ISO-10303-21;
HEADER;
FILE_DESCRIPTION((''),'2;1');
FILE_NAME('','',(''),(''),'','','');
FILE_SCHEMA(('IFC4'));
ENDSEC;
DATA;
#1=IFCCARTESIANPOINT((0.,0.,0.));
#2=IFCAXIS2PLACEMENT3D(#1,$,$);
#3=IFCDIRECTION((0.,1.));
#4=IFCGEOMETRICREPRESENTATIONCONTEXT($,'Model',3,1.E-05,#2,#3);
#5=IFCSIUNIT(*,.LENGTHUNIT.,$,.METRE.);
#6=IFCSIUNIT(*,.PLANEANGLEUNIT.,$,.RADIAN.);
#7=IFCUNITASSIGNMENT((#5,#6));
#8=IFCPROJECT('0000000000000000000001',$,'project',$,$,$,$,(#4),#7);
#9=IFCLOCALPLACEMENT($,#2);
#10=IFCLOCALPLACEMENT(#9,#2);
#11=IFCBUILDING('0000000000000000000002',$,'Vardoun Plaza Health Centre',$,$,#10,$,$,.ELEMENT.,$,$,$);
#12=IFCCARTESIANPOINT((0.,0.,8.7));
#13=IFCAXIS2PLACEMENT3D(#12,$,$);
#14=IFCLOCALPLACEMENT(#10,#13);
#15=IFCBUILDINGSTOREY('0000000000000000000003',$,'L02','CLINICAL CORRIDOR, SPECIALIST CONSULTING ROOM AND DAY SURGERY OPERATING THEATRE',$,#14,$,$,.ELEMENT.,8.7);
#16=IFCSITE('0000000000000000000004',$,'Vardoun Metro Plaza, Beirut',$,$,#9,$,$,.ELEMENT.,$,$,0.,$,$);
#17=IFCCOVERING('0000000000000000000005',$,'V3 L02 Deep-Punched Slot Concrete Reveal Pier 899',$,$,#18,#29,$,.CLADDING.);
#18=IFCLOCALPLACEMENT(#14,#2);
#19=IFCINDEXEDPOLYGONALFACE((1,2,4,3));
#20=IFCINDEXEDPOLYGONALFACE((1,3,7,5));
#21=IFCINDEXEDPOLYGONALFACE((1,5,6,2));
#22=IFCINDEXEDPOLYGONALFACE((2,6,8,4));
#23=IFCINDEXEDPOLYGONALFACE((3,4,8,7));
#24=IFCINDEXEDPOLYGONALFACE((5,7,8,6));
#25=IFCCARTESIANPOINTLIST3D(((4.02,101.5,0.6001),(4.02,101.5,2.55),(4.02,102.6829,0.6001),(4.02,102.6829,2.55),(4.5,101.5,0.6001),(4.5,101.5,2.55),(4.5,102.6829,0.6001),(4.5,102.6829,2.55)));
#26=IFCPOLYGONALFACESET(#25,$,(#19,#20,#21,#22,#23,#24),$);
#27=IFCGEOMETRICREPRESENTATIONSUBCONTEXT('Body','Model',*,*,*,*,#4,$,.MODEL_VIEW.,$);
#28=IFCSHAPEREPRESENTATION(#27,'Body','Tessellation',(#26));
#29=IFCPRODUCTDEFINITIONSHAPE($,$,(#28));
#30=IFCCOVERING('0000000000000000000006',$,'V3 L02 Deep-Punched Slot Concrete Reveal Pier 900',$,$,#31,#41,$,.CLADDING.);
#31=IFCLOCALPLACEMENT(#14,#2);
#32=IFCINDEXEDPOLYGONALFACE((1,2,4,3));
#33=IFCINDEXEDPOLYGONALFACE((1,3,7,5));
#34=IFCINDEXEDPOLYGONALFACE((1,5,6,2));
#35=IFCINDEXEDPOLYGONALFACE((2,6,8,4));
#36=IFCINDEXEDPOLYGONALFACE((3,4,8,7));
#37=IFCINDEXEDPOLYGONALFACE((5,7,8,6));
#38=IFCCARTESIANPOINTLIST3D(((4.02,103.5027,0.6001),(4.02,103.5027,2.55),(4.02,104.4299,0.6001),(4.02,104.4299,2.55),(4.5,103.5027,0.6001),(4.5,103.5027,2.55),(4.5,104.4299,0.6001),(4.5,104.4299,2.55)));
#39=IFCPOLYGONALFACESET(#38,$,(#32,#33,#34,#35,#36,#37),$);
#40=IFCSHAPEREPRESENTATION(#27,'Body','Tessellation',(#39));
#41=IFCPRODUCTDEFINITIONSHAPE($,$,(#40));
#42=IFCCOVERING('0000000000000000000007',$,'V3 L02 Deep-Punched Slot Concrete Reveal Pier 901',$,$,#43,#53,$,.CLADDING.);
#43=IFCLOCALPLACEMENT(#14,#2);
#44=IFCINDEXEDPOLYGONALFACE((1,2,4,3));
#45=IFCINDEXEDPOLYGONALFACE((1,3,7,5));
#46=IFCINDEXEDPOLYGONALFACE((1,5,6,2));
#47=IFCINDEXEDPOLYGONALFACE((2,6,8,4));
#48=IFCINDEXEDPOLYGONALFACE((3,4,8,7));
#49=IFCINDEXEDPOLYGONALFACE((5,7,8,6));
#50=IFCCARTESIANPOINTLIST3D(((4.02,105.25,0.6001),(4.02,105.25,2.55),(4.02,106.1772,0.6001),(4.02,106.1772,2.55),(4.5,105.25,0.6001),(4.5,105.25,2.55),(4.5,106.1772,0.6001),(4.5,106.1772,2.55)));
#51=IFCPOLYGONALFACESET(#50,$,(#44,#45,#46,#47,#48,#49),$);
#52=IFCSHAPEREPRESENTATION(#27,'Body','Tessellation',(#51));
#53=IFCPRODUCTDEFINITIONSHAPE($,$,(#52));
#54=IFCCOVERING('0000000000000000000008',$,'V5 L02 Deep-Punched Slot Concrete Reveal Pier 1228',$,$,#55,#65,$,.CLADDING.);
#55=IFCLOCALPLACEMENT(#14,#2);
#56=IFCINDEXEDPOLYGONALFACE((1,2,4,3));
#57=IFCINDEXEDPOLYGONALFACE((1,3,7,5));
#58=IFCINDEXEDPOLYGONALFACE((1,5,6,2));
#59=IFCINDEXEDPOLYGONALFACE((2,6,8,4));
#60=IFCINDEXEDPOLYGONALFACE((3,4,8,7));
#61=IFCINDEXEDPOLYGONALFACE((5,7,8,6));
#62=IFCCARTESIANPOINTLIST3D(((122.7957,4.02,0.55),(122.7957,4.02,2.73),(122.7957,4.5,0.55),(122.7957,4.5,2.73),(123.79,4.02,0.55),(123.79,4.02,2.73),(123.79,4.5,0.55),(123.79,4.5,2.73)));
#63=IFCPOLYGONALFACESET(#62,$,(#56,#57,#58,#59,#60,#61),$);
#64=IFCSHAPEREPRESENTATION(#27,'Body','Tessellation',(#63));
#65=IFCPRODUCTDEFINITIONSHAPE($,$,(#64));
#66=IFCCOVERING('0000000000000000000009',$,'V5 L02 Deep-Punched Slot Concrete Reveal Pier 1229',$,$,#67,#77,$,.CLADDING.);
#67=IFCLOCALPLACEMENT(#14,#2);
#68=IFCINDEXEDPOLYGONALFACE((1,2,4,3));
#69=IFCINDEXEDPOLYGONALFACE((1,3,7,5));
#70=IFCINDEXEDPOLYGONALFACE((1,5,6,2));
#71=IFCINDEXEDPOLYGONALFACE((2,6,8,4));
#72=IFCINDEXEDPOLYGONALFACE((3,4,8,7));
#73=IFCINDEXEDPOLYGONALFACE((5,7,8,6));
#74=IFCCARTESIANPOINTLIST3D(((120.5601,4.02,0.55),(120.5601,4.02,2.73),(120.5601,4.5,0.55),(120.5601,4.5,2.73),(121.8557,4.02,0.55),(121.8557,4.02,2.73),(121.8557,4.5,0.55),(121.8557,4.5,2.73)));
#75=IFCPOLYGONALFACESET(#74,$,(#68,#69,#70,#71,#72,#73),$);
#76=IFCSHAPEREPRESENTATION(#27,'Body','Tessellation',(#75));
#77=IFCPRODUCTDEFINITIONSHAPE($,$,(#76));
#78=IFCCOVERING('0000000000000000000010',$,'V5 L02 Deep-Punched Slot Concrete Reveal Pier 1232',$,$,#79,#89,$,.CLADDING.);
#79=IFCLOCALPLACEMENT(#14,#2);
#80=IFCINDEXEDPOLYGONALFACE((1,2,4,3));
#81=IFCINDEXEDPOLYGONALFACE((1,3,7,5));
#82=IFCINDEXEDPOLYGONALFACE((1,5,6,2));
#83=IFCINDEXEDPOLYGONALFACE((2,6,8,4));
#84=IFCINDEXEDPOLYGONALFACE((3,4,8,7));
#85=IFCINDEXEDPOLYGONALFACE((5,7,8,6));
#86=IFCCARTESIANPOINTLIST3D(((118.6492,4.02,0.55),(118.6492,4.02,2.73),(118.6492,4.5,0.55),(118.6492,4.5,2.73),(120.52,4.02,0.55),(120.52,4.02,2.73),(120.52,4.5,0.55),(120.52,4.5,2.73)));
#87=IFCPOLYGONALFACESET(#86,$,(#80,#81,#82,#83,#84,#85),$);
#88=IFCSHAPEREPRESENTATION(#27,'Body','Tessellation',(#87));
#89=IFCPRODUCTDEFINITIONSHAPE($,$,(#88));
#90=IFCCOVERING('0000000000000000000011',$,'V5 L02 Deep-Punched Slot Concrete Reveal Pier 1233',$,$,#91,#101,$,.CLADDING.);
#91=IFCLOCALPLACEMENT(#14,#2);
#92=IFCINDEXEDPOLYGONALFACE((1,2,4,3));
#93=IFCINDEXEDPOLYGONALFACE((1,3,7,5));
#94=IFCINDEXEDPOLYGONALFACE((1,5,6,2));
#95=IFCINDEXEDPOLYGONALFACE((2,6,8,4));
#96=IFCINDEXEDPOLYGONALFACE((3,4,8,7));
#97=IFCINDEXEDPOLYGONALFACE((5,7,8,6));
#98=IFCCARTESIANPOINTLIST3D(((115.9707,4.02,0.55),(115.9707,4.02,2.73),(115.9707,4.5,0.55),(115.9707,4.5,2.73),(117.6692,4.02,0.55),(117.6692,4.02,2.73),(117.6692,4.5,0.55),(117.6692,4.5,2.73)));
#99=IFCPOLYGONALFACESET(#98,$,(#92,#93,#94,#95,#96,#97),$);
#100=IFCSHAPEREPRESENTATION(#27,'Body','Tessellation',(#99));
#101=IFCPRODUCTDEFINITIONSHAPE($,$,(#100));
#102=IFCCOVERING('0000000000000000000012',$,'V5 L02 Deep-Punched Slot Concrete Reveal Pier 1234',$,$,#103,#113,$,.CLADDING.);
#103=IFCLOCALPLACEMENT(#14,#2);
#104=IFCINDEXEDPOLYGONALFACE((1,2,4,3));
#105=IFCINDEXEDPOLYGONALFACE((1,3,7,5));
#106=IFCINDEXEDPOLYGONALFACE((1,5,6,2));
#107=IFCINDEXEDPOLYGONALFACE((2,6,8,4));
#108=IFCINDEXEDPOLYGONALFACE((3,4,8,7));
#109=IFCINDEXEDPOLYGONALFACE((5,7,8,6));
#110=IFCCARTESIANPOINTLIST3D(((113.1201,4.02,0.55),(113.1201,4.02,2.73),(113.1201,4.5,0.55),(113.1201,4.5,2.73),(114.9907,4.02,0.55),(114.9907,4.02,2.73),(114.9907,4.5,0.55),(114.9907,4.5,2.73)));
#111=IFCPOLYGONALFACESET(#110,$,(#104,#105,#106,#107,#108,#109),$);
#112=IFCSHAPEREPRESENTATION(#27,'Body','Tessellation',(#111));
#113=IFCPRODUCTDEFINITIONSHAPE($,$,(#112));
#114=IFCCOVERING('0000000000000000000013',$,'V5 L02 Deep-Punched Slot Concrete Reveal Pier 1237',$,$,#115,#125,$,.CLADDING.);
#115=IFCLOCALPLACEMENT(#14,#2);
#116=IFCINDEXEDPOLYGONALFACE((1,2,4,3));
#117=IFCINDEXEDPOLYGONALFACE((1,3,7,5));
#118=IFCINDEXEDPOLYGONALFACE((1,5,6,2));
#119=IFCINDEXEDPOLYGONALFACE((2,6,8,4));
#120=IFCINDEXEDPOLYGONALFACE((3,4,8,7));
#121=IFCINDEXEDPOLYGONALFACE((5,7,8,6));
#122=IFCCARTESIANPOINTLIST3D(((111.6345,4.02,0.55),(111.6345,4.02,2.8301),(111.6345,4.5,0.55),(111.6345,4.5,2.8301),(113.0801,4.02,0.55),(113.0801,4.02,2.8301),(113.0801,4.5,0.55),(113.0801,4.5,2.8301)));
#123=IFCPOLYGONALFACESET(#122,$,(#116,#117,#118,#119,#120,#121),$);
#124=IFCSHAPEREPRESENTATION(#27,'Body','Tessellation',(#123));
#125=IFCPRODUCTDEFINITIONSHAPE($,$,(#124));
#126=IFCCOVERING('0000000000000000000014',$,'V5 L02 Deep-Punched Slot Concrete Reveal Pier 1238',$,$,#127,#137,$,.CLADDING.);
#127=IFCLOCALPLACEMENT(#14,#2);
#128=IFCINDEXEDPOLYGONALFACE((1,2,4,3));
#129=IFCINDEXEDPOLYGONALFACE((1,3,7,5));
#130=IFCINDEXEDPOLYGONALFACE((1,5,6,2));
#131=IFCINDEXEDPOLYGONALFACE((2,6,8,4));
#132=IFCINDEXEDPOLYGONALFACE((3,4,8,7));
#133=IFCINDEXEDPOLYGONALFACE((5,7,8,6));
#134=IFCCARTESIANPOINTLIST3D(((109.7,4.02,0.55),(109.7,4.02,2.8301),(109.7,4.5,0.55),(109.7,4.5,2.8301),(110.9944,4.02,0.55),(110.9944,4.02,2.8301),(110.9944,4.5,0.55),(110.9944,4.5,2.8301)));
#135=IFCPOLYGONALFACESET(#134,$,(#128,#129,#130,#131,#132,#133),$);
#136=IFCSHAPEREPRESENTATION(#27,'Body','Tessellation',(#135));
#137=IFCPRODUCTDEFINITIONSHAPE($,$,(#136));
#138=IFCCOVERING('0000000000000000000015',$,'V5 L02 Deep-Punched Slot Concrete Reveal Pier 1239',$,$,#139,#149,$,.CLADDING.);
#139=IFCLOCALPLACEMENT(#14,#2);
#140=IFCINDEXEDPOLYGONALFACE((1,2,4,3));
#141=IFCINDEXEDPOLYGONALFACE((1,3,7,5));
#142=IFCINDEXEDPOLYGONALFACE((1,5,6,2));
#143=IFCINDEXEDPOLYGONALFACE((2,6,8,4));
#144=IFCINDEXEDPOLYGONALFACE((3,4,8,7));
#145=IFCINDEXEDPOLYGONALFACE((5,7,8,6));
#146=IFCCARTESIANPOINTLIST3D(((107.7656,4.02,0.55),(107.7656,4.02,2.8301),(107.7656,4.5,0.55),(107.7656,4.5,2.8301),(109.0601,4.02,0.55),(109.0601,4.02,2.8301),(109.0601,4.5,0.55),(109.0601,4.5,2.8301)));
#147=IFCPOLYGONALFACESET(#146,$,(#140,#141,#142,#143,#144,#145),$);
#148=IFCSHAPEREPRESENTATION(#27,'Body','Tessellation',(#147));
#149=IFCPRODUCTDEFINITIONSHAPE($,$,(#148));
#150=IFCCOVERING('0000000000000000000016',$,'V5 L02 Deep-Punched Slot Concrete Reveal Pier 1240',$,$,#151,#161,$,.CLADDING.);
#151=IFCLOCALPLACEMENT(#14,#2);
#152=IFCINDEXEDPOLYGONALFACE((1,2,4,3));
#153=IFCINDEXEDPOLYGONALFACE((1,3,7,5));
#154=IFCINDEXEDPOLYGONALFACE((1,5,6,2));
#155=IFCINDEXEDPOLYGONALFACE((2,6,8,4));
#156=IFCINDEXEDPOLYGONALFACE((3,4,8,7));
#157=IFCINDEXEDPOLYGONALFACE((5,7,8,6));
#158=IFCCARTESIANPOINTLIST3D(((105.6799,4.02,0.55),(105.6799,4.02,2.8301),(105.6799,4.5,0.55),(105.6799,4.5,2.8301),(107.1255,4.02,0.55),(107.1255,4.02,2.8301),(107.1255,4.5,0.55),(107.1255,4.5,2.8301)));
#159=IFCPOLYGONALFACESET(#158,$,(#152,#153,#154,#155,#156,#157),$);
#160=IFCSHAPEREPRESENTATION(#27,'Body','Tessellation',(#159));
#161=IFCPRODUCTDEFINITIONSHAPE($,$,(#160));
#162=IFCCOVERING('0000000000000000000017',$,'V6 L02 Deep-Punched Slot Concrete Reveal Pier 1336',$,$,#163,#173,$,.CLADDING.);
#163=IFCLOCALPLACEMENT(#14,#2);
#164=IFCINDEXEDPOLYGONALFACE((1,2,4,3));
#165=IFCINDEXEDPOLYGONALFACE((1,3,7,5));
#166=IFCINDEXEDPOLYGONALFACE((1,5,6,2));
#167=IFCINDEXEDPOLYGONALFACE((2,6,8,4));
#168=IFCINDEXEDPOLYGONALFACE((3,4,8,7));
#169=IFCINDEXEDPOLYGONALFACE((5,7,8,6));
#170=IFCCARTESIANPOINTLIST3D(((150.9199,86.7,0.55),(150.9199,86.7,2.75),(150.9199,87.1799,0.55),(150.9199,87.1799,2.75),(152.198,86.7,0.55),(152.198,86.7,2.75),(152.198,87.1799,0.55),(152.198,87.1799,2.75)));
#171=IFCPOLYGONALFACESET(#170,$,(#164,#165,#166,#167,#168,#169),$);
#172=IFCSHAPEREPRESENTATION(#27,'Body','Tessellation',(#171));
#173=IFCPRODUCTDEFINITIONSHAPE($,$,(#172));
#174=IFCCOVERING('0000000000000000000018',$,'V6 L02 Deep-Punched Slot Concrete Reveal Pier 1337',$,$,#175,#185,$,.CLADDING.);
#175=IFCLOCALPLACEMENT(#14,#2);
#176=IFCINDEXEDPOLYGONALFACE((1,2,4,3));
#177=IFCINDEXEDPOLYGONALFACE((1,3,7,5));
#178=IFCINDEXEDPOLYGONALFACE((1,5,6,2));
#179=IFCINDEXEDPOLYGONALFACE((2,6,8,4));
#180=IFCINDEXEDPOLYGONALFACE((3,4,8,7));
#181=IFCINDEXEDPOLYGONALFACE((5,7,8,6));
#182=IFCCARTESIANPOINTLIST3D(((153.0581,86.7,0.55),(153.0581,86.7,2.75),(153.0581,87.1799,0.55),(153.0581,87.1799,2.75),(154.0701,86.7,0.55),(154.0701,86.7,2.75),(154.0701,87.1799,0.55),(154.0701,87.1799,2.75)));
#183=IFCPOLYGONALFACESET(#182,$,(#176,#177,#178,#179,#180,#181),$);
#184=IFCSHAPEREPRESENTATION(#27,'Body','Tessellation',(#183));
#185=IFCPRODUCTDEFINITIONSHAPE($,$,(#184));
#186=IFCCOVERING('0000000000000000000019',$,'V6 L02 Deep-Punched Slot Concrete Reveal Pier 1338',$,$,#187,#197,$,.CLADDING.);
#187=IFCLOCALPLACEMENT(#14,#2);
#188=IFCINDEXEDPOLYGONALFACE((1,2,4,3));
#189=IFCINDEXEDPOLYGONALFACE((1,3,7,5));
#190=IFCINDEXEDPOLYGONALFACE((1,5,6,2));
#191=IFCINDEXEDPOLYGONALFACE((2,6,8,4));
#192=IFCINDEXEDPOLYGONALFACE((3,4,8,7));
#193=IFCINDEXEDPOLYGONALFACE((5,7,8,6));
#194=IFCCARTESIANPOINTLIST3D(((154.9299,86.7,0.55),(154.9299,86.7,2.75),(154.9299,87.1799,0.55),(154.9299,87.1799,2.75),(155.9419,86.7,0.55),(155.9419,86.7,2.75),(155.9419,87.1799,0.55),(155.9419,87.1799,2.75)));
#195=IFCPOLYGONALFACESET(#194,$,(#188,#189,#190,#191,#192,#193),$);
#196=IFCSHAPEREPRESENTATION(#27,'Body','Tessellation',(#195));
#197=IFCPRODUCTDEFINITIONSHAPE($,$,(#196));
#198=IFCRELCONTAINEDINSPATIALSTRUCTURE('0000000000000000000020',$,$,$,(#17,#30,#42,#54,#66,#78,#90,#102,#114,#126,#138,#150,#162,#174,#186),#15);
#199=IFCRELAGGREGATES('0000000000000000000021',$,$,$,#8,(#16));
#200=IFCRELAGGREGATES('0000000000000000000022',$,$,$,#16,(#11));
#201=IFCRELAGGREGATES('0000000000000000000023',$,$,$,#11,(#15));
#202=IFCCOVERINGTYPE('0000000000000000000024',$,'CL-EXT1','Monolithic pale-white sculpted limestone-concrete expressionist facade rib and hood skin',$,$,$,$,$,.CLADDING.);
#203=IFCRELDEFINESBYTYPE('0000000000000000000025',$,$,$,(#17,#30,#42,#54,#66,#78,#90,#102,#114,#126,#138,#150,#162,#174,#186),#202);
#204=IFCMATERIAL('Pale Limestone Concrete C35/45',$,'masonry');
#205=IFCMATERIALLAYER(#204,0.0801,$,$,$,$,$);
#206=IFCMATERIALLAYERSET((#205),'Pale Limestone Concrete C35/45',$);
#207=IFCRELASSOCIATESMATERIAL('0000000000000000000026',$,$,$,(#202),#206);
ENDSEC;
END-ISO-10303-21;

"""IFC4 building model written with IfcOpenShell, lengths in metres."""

from ifc_helpers import new_model, si_unit, direction, frame, origin, place, context, subcontext, project, spatial, polyline, outline, extrude, material, layer, layer_set, type_object, element, save


model = new_model("IFC4")

# Units and contexts
model_context = context("Model", 3, precision=1e-05, world=origin(), true_north=direction((0.0, 1.0)))
body_context = subcontext(model_context, "Body", "Model", "MODEL_VIEW")
ifc_project = project(units=[si_unit("LENGTHUNIT", "METRE"), si_unit("PLANEANGLEUNIT", "RADIAN")], contexts=[model_context])

# Site, building, storey
site_placement = place(None, origin())
site = spatial("IfcSite", under=ifc_project, at=site_placement, Name="Vardoun Metro Plaza, Beirut", CompositionType="ELEMENT", RefElevation=0.0)
building_placement = place(site_placement, origin())
building = spatial("IfcBuilding", under=site, at=building_placement, Name="Vardoun Plaza Health Centre", CompositionType="ELEMENT")
storey_placement = place(building_placement, frame((0.0, 0.0, 8.7)))
storey = spatial("IfcBuildingStorey", under=building, at=storey_placement, Name="L02", Description="CLINICAL CORRIDOR, SPECIALIST CONSULTING ROOM AND DAY SURGERY OPERATING THEATRE", CompositionType="ELEMENT", Elevation=8.7)

# Coverings
ifc_material = material(Name="Pale Limestone Concrete C35/45", Category="masonry")
ifc_layer = layer(ifc_material, 0.0801)
ifc_layer_set = layer_set([ifc_layer], Name="Pale Limestone Concrete C35/45")
covering_type = type_object("IfcCoveringType", Name="CL-EXT1", Description="Monolithic pale-white sculpted limestone-concrete expressionist facade rib and hood skin", PredefinedType="CLADDING", material=ifc_layer_set)
covering_1_placement = place(storey_placement, frame((0.0, 0.0, 0.6001)))
element("IfcCovering", 1, at=covering_1_placement, inside=storey, type_object=covering_type, Name="V3 L02 Deep-Punched Slot Concrete Reveal Pier 899", PredefinedType="CLADDING", context=body_context, shape_type="SweptSolid", body=[
    extrude(outline(polyline([(4.5, 101.5), (4.5, 102.6829), (4.02, 102.6829), (4.02, 101.5), (4.5, 101.5)])), origin(), (0.0, 0.0, 1.0), 1.95),
])
covering_2_placement = place(storey_placement, frame((0.0, 0.0, 0.6001)))
element("IfcCovering", 2, at=covering_2_placement, inside=storey, type_object=covering_type, Name="V3 L02 Deep-Punched Slot Concrete Reveal Pier 900", PredefinedType="CLADDING", context=body_context, shape_type="SweptSolid", body=[
    extrude(outline(polyline([(4.5, 103.5027), (4.5, 104.4299), (4.02, 104.4299), (4.02, 103.5027), (4.5, 103.5027)])), origin(), (0.0, 0.0, 1.0), 1.95),
])
covering_3_placement = place(storey_placement, frame((0.0, 0.0, 0.6001)))
element("IfcCovering", 3, at=covering_3_placement, inside=storey, type_object=covering_type, Name="V3 L02 Deep-Punched Slot Concrete Reveal Pier 901", PredefinedType="CLADDING", context=body_context, shape_type="SweptSolid", body=[
    extrude(outline(polyline([(4.5, 105.25), (4.5, 106.1772), (4.02, 106.1772), (4.02, 105.25), (4.5, 105.25)])), origin(), (0.0, 0.0, 1.0), 1.95),
])
covering_4_placement = place(storey_placement, frame((0.0, 0.0, 0.55)))
element("IfcCovering", 4, at=covering_4_placement, inside=storey, type_object=covering_type, Name="V5 L02 Deep-Punched Slot Concrete Reveal Pier 1228", PredefinedType="CLADDING", context=body_context, shape_type="SweptSolid", body=[
    extrude(outline(polyline([(123.79, 4.5), (122.7957, 4.5), (122.7957, 4.02), (123.79, 4.02), (123.79, 4.5)])), origin(), (0.0, 0.0, 1.0), 2.1799),
])
covering_5_placement = place(storey_placement, frame((0.0, 0.0, 0.55)))
element("IfcCovering", 5, at=covering_5_placement, inside=storey, type_object=covering_type, Name="V5 L02 Deep-Punched Slot Concrete Reveal Pier 1229", PredefinedType="CLADDING", context=body_context, shape_type="SweptSolid", body=[
    extrude(outline(polyline([(121.8557, 4.5), (120.5601, 4.5), (120.5601, 4.02), (121.8557, 4.02), (121.8557, 4.5)])), origin(), (0.0, 0.0, 1.0), 2.1799),
])
covering_6_placement = place(storey_placement, frame((0.0, 0.0, 0.55)))
element("IfcCovering", 6, at=covering_6_placement, inside=storey, type_object=covering_type, Name="V5 L02 Deep-Punched Slot Concrete Reveal Pier 1232", PredefinedType="CLADDING", context=body_context, shape_type="SweptSolid", body=[
    extrude(outline(polyline([(120.52, 4.5), (118.6492, 4.5), (118.6492, 4.02), (120.52, 4.02), (120.52, 4.5)])), origin(), (0.0, 0.0, 1.0), 2.1799),
])
covering_7_placement = place(storey_placement, frame((0.0, 0.0, 0.55)))
element("IfcCovering", 7, at=covering_7_placement, inside=storey, type_object=covering_type, Name="V5 L02 Deep-Punched Slot Concrete Reveal Pier 1233", PredefinedType="CLADDING", context=body_context, shape_type="SweptSolid", body=[
    extrude(outline(polyline([(117.6692, 4.5), (115.9707, 4.5), (115.9707, 4.02), (117.6692, 4.02), (117.6692, 4.5)])), origin(), (0.0, 0.0, 1.0), 2.1799),
])
covering_8_placement = place(storey_placement, frame((0.0, 0.0, 0.55)))
element("IfcCovering", 8, at=covering_8_placement, inside=storey, type_object=covering_type, Name="V5 L02 Deep-Punched Slot Concrete Reveal Pier 1234", PredefinedType="CLADDING", context=body_context, shape_type="SweptSolid", body=[
    extrude(outline(polyline([(114.9907, 4.5), (113.1201, 4.5), (113.1201, 4.02), (114.9907, 4.02), (114.9907, 4.5)])), origin(), (0.0, 0.0, 1.0), 2.1799),
])
covering_9_placement = place(storey_placement, frame((0.0, 0.0, 0.55)))
element("IfcCovering", 9, at=covering_9_placement, inside=storey, type_object=covering_type, Name="V5 L02 Deep-Punched Slot Concrete Reveal Pier 1237", PredefinedType="CLADDING", context=body_context, shape_type="SweptSolid", body=[
    extrude(outline(polyline([(113.0801, 4.5), (111.6345, 4.5), (111.6345, 4.02), (113.0801, 4.02), (113.0801, 4.5)])), origin(), (0.0, 0.0, 1.0), 2.28),
])
covering_10_placement = place(storey_placement, frame((0.0, 0.0, 0.55)))
element("IfcCovering", 10, at=covering_10_placement, inside=storey, type_object=covering_type, Name="V5 L02 Deep-Punched Slot Concrete Reveal Pier 1238", PredefinedType="CLADDING", context=body_context, shape_type="SweptSolid", body=[
    extrude(outline(polyline([(110.9944, 4.5), (109.7, 4.5), (109.7, 4.02), (110.9944, 4.02), (110.9944, 4.5)])), origin(), (0.0, 0.0, 1.0), 2.28),
])
covering_11_placement = place(storey_placement, frame((0.0, 0.0, 0.55)))
element("IfcCovering", 11, at=covering_11_placement, inside=storey, type_object=covering_type, Name="V5 L02 Deep-Punched Slot Concrete Reveal Pier 1239", PredefinedType="CLADDING", context=body_context, shape_type="SweptSolid", body=[
    extrude(outline(polyline([(109.0601, 4.5), (107.7656, 4.5), (107.7656, 4.02), (109.0601, 4.02), (109.0601, 4.5)])), origin(), (0.0, 0.0, 1.0), 2.28),
])
covering_12_placement = place(storey_placement, frame((0.0, 0.0, 0.55)))
element("IfcCovering", 12, at=covering_12_placement, inside=storey, type_object=covering_type, Name="V5 L02 Deep-Punched Slot Concrete Reveal Pier 1240", PredefinedType="CLADDING", context=body_context, shape_type="SweptSolid", body=[
    extrude(outline(polyline([(107.1255, 4.5), (105.6799, 4.5), (105.6799, 4.02), (107.1255, 4.02), (107.1255, 4.5)])), origin(), (0.0, 0.0, 1.0), 2.28),
])
covering_13_placement = place(storey_placement, frame((0.0, 0.0, 0.55)))
element("IfcCovering", 13, at=covering_13_placement, inside=storey, type_object=covering_type, Name="V6 L02 Deep-Punched Slot Concrete Reveal Pier 1336", PredefinedType="CLADDING", context=body_context, shape_type="SweptSolid", body=[
    extrude(outline(polyline([(150.9199, 86.7), (152.198, 86.7), (152.198, 87.1799), (150.9199, 87.1799), (150.9199, 86.7)])), origin(), (0.0, 0.0, 1.0), 2.2),
])
covering_14_placement = place(storey_placement, frame((0.0, 0.0, 0.55)))
element("IfcCovering", 14, at=covering_14_placement, inside=storey, type_object=covering_type, Name="V6 L02 Deep-Punched Slot Concrete Reveal Pier 1337", PredefinedType="CLADDING", context=body_context, shape_type="SweptSolid", body=[
    extrude(outline(polyline([(153.0581, 86.7), (154.0701, 86.7), (154.0701, 87.1799), (153.0581, 87.1799), (153.0581, 86.7)])), origin(), (0.0, 0.0, 1.0), 2.2),
])
covering_15_placement = place(storey_placement, frame((0.0, 0.0, 0.55)))
element("IfcCovering", 15, at=covering_15_placement, inside=storey, type_object=covering_type, Name="V6 L02 Deep-Punched Slot Concrete Reveal Pier 1338", PredefinedType="CLADDING", context=body_context, shape_type="SweptSolid", body=[
    extrude(outline(polyline([(154.9299, 86.7), (155.9419, 86.7), (155.9419, 87.1799), (154.9299, 87.1799), (154.9299, 86.7)])), origin(), (0.0, 0.0, 1.0), 2.2),
])

save(model, "model.ifc")
